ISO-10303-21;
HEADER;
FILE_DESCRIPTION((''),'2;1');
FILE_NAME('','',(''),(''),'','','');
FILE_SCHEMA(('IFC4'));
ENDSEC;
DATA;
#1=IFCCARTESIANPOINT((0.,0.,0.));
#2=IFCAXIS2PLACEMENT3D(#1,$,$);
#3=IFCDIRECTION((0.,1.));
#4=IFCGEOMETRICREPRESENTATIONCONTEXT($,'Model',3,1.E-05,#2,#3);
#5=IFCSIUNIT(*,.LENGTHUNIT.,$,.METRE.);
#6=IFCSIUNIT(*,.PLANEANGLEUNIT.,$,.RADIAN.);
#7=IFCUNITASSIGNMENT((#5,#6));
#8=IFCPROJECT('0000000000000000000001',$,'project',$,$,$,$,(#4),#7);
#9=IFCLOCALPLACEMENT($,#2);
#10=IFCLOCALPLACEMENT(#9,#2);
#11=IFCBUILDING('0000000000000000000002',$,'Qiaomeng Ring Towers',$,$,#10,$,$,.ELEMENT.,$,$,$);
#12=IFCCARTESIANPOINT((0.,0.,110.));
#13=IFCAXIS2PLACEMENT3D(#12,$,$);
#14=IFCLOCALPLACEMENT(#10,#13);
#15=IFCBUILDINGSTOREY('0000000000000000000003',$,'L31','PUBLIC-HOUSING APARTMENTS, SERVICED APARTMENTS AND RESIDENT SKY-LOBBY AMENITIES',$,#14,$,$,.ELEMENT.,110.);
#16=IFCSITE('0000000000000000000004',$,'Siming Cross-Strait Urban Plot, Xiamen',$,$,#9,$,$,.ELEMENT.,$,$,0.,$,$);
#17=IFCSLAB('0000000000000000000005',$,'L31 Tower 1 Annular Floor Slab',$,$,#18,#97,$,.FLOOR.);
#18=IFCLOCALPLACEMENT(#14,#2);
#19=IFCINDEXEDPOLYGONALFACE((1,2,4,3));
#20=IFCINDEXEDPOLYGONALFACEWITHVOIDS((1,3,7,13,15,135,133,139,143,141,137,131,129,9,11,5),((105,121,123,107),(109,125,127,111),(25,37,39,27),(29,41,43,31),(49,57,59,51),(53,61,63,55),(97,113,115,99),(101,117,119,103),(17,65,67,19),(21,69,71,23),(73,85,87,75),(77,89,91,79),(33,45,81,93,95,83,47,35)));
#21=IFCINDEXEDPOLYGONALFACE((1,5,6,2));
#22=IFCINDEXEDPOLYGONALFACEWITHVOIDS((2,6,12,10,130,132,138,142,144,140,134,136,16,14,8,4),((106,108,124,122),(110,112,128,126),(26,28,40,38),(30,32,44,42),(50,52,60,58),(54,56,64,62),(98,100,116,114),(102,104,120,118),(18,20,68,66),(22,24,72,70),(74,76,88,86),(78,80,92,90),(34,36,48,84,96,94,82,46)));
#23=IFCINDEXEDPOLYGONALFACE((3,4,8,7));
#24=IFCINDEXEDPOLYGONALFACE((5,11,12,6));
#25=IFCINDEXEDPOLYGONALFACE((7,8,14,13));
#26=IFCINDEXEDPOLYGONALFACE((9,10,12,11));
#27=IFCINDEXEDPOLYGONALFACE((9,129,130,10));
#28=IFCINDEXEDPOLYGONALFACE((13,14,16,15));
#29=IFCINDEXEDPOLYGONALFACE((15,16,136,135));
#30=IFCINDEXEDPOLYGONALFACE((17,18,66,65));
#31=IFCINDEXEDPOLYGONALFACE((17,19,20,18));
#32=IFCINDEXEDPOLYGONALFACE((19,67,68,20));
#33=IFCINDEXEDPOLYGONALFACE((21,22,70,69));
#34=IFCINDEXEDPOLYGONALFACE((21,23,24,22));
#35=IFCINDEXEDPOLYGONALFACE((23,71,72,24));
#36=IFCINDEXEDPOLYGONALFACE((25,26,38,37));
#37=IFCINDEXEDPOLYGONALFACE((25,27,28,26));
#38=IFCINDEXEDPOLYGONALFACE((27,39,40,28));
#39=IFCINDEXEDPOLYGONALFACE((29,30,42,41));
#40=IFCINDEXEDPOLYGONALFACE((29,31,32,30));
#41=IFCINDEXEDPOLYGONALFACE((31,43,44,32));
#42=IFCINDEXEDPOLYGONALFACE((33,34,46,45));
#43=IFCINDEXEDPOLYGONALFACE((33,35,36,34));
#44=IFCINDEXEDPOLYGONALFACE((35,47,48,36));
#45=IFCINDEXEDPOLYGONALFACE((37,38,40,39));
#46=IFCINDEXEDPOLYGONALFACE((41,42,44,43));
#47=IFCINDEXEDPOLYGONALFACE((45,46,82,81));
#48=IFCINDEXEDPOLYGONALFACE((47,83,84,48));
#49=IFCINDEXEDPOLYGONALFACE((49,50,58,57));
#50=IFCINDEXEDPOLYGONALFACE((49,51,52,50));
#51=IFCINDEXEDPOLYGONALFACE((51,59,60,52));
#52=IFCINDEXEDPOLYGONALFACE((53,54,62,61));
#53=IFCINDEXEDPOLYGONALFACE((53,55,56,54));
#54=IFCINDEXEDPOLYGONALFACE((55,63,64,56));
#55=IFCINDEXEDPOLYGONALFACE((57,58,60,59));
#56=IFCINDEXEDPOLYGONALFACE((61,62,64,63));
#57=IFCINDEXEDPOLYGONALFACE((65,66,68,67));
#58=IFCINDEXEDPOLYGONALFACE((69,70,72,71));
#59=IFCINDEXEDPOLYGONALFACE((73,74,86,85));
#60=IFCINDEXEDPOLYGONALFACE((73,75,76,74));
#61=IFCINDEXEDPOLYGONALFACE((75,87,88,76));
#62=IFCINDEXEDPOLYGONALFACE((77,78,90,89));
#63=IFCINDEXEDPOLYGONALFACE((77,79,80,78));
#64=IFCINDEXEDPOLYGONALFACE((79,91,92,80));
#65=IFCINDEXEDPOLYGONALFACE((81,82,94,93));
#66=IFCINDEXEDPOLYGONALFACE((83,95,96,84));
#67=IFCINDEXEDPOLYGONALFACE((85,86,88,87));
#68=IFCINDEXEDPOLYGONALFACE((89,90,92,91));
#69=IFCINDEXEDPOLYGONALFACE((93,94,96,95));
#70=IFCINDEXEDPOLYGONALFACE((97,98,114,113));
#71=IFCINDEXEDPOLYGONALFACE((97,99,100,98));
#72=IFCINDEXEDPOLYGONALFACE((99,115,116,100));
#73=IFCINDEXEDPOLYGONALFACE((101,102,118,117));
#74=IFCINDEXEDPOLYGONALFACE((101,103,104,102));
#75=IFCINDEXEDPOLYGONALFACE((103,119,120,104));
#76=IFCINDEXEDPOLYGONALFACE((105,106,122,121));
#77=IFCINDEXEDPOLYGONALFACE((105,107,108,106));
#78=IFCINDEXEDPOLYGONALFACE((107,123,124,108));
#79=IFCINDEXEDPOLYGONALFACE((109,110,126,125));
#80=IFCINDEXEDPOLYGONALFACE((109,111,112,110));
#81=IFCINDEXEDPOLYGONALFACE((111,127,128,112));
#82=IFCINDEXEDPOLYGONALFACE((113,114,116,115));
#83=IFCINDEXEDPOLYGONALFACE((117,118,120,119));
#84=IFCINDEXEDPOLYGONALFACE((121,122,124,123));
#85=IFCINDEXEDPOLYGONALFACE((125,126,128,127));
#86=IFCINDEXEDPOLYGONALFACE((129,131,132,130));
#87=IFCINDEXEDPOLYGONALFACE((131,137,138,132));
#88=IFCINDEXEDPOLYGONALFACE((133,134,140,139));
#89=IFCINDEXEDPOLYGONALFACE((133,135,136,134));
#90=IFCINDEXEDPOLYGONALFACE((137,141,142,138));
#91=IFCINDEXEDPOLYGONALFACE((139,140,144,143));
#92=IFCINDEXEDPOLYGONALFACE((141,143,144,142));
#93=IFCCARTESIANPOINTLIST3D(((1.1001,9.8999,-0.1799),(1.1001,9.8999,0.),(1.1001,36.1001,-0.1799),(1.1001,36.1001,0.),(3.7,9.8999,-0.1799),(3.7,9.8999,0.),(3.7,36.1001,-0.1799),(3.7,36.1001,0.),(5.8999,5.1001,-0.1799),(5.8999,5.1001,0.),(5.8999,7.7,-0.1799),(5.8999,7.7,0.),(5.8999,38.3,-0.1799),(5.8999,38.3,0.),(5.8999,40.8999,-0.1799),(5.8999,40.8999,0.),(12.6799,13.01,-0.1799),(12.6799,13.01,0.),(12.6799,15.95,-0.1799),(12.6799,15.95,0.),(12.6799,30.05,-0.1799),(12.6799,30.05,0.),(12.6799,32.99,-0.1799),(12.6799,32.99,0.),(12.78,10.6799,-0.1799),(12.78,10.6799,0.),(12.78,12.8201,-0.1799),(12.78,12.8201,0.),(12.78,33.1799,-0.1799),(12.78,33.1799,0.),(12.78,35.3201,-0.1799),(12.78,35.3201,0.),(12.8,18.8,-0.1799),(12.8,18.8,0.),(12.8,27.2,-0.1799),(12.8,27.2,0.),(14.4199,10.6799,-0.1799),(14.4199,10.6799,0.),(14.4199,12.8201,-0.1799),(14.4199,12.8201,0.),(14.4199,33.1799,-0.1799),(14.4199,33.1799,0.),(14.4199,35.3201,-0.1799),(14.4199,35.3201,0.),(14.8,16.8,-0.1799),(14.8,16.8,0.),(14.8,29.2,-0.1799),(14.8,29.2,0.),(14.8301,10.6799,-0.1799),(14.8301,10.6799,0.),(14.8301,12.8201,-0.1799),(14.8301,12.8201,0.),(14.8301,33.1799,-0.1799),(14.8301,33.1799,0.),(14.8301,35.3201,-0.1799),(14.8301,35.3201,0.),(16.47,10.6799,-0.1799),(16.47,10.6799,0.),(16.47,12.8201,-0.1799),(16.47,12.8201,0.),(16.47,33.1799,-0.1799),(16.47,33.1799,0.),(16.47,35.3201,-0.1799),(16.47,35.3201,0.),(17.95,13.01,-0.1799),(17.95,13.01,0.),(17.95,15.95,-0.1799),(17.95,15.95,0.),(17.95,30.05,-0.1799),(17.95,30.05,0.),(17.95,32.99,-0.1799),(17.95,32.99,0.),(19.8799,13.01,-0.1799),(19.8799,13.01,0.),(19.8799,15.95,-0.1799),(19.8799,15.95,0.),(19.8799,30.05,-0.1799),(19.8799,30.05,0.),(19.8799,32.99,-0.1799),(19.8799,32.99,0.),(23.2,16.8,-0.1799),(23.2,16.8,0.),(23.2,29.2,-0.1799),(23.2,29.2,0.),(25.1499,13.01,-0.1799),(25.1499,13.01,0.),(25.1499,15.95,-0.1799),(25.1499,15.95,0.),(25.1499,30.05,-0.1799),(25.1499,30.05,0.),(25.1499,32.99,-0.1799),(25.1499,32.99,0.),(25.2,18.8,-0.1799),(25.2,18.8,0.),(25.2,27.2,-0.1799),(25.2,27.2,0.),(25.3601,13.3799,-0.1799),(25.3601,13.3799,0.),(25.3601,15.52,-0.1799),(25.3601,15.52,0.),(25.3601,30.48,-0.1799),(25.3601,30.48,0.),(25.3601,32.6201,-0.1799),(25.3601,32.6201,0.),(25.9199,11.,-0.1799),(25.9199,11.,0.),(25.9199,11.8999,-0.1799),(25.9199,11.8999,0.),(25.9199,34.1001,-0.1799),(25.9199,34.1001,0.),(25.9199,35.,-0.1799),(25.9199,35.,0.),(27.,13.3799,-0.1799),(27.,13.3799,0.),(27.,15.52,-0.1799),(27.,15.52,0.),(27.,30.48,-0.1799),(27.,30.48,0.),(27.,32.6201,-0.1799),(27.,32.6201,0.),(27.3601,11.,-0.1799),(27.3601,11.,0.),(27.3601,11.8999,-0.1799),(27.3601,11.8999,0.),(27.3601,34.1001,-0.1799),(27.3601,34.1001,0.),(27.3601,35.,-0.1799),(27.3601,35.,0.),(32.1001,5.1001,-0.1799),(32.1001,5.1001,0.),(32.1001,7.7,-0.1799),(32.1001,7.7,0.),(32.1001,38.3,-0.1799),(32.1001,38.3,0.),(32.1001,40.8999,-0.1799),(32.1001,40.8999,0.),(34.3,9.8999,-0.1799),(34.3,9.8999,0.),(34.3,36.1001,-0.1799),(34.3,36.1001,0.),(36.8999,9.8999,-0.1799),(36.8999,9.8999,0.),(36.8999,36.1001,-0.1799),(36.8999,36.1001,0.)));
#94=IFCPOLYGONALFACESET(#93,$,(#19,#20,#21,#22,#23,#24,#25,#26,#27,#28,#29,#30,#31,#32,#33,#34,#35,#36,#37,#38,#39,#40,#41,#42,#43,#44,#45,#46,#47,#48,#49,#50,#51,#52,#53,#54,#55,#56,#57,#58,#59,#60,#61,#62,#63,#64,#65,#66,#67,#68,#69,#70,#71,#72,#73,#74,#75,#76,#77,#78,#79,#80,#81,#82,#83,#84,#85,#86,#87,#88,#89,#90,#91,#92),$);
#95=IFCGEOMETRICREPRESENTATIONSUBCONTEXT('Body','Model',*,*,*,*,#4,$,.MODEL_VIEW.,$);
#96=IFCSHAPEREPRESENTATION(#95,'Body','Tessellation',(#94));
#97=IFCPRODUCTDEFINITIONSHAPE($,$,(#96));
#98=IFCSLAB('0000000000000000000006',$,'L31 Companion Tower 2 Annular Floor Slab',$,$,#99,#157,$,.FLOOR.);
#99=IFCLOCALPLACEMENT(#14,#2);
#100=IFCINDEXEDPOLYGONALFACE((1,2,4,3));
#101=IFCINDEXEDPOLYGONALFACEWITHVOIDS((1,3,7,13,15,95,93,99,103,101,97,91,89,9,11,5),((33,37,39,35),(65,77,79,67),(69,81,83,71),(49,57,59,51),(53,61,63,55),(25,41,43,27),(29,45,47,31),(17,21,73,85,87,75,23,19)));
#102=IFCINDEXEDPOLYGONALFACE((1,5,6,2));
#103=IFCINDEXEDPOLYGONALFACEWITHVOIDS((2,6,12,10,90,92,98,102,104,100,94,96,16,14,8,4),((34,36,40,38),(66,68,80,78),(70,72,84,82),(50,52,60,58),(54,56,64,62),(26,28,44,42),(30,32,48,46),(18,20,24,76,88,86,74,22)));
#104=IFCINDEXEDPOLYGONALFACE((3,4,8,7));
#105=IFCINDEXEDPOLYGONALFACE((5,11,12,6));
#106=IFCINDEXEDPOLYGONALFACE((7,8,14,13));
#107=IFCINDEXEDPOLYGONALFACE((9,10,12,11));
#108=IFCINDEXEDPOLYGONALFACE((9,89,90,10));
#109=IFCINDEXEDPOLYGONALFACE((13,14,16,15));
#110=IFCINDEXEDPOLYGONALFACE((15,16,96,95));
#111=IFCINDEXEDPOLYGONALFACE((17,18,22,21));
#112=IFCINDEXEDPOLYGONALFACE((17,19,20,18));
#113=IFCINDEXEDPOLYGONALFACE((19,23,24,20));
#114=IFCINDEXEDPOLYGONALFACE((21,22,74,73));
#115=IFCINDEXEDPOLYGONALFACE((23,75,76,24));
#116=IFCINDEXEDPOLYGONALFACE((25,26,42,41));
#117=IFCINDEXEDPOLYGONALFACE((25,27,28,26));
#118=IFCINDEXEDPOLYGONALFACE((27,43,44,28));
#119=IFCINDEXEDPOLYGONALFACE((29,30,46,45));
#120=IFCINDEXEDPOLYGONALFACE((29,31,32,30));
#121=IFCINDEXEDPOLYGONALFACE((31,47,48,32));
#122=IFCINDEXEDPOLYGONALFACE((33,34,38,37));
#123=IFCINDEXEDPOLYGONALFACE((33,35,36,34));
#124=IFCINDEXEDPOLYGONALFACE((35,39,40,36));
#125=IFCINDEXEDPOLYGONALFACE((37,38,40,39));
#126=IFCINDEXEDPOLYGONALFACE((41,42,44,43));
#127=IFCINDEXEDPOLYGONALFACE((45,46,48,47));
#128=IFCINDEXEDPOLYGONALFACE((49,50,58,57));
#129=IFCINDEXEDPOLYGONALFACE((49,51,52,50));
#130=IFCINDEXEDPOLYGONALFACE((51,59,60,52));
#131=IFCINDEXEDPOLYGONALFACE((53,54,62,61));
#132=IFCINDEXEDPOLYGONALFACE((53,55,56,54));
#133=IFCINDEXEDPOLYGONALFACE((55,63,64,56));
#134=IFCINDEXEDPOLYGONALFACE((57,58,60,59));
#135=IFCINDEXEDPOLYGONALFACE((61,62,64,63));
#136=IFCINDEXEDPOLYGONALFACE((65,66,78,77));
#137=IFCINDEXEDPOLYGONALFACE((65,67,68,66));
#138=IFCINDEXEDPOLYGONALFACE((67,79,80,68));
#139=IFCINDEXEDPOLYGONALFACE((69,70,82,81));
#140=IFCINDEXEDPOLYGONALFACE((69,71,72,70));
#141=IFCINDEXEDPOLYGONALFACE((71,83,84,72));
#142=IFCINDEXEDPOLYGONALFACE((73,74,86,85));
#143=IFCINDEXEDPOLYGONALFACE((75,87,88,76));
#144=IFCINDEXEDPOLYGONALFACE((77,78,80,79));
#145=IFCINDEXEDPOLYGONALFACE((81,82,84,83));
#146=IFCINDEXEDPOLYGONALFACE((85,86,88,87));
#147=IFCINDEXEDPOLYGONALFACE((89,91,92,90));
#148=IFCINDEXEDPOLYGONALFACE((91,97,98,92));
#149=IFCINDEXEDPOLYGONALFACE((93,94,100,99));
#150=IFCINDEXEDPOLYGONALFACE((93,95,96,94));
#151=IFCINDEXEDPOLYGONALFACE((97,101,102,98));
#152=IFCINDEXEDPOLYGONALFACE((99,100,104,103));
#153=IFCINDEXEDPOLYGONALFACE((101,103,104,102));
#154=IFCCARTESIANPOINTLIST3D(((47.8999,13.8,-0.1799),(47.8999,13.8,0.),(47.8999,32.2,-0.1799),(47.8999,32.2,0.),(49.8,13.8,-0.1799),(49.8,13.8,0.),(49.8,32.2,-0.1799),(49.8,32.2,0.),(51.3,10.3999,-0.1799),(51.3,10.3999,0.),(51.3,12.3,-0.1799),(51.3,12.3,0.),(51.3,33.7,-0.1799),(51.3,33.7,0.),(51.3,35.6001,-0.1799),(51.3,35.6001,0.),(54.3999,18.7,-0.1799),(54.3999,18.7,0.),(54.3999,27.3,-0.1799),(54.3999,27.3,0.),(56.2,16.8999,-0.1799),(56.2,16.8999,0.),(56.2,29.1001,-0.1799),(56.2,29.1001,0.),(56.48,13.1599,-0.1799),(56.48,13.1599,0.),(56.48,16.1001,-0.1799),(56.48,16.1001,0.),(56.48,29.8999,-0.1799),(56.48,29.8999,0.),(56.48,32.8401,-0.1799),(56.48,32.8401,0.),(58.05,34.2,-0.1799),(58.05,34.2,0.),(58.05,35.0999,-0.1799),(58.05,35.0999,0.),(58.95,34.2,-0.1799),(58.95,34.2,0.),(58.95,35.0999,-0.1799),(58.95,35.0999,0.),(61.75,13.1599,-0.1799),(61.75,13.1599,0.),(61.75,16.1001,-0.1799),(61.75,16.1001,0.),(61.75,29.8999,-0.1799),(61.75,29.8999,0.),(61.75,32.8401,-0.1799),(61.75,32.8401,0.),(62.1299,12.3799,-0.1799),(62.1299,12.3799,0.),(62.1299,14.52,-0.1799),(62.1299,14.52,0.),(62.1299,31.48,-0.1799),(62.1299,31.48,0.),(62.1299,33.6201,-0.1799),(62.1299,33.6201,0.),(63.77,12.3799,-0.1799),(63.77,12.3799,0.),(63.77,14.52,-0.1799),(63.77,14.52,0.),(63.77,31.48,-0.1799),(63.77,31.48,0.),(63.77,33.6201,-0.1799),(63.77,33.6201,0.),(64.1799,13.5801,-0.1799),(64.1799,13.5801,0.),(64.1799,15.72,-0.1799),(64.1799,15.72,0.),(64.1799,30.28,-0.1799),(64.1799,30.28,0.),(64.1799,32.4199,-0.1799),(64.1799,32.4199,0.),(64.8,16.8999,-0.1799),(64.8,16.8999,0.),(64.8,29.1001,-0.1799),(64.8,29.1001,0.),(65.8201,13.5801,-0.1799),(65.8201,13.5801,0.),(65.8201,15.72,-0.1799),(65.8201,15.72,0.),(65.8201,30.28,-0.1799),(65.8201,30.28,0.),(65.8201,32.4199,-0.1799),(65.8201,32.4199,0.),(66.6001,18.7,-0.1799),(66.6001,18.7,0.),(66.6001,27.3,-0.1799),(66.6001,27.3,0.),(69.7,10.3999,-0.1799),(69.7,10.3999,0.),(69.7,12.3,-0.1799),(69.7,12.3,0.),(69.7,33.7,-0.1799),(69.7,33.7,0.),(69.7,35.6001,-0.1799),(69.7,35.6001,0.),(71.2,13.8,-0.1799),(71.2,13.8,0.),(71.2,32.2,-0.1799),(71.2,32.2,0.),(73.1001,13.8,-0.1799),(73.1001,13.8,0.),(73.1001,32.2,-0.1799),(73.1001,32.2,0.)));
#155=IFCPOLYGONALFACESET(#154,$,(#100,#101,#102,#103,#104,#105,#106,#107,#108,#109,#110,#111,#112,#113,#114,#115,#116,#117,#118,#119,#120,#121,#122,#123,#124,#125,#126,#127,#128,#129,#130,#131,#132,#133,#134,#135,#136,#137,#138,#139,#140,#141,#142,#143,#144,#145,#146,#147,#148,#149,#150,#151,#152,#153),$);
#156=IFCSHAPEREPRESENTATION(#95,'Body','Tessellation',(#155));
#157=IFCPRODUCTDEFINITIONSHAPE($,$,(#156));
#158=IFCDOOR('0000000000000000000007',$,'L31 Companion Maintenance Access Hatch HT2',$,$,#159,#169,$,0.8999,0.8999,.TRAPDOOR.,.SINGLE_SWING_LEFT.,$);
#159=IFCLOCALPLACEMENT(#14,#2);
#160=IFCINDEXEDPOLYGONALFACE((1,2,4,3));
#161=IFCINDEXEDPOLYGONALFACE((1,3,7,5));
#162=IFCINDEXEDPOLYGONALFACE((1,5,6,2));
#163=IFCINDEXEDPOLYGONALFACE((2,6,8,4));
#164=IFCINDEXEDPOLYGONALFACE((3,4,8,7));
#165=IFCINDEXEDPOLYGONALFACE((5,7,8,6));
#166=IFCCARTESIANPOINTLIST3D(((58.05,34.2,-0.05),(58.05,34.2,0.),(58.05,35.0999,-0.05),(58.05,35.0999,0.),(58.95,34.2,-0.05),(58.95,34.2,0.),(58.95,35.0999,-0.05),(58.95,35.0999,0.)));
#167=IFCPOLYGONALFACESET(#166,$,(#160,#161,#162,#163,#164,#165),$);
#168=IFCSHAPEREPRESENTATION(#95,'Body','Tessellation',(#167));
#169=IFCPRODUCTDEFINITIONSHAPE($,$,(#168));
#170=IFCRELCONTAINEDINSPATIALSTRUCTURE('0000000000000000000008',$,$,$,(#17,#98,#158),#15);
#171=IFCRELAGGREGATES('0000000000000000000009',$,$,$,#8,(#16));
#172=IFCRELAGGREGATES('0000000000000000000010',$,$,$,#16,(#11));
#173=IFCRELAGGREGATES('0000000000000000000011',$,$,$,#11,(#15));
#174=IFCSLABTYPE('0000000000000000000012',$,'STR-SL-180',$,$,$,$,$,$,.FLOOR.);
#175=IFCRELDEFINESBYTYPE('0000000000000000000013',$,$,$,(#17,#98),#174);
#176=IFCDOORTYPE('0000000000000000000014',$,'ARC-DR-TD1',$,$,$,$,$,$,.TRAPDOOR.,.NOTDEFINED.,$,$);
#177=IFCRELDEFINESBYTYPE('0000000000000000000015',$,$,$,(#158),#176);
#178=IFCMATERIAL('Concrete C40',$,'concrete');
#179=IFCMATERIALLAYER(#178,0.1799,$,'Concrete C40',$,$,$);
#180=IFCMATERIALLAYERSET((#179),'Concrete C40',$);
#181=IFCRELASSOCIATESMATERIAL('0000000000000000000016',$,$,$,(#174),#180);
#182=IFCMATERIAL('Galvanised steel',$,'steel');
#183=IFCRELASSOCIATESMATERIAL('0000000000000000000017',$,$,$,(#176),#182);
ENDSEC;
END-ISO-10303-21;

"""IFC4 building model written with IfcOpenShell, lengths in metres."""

from ifc_helpers import new_model, si_unit, direction, frame, origin, origin_2d, place, context, subcontext, project, spatial, polyline, rectangle, outline, extrude, material, layer, layer_set, type_object, element, fill, save


model = new_model("IFC4")

# Units and contexts
model_context = context("Model", 3, precision=1e-05, world=origin(), true_north=direction((0.0, 1.0)))
body_context = subcontext(model_context, "Body", "Model", "MODEL_VIEW")
ifc_project = project(units=[si_unit("LENGTHUNIT", "METRE"), si_unit("PLANEANGLEUNIT", "RADIAN")], contexts=[model_context])

# Site, building, storey
site_placement = place(None, origin())
site = spatial("IfcSite", under=ifc_project, at=site_placement, Name="Siming Cross-Strait Urban Plot, Xiamen", CompositionType="ELEMENT", RefElevation=0.0)
building_placement = place(site_placement, origin())
building = spatial("IfcBuilding", under=site, at=building_placement, Name="Qiaomeng Ring Towers", CompositionType="ELEMENT")
storey_placement = place(building_placement, frame((0.0, 0.0, 110.0)))
storey = spatial("IfcBuildingStorey", under=building, at=storey_placement, Name="L31", Description="PUBLIC-HOUSING APARTMENTS, SERVICED APARTMENTS AND RESIDENT SKY-LOBBY AMENITIES", CompositionType="ELEMENT", Elevation=110.0)

# Slab
ifc_material_1 = material(Name="Concrete C40", Category="concrete")
ifc_layer_1 = layer(ifc_material_1, 0.1799, Name="Concrete C40")
ifc_layer_set_1 = layer_set([ifc_layer_1], Name="Concrete C40")
slab_type_1 = type_object("IfcSlabType", Name="STR-SL-180", PredefinedType="FLOOR", material=ifc_layer_set_1)
slab_1_placement = place(storey_placement, frame((0.0, 0.0, -0.1799)))
element("IfcSlab", 1, at=slab_1_placement, inside=storey, type_object=slab_type_1, Name="L31 Tower 1 Annular Floor Slab", PredefinedType="FLOOR", context=body_context, shape_type="SweptSolid", body=[
    extrude(outline(polyline([(5.8999, 5.1001), (32.1001, 5.1001), (32.1001, 7.7), (34.3, 9.8999), (36.8999, 9.8999), (36.8999, 36.1001), (34.3, 36.1001), (32.1001, 38.3), (32.1001, 40.8999), (5.8999, 40.8999), (5.8999, 38.3), (3.7, 36.1001), (1.1001, 36.1001), (1.1001, 9.8999), (3.7, 9.8999), (5.8999, 7.7), (5.8999, 5.1001)]), holes=[polyline([(12.78, 10.6799), (12.78, 12.8201), (14.4199, 12.8201), (14.4199, 10.6799), (12.78, 10.6799)]), polyline([(14.8301, 12.8201), (16.47, 12.8201), (16.47, 10.6799), (14.8301, 10.6799), (14.8301, 12.8201)]), polyline([(12.6799, 15.95), (17.95, 15.95), (17.95, 13.01), (12.6799, 13.01), (12.6799, 15.95)]), polyline([(23.2, 29.2), (25.2, 27.2), (25.2, 18.8), (23.2, 16.8), (14.8, 16.8), (12.8, 18.8), (12.8, 27.2), (14.8, 29.2), (23.2, 29.2)]), polyline([(12.6799, 32.99), (17.95, 32.99), (17.95, 30.05), (12.6799, 30.05), (12.6799, 32.99)]), polyline([(12.78, 35.3201), (14.4199, 35.3201), (14.4199, 33.1799), (12.78, 33.1799), (12.78, 35.3201)]), polyline([(14.8301, 33.1799), (14.8301, 35.3201), (16.47, 35.3201), (16.47, 33.1799), (14.8301, 33.1799)]), polyline([(25.9199, 11.8999), (27.3601, 11.8999), (27.3601, 11.0), (25.9199, 11.0), (25.9199, 11.8999)]), polyline([(25.3601, 15.52), (27.0, 15.52), (27.0, 13.3799), (25.3601, 13.3799), (25.3601, 15.52)]), polyline([(19.8799, 15.95), (25.1499, 15.95), (25.1499, 13.01), (19.8799, 13.01), (19.8799, 15.95)]), polyline([(19.8799, 32.99), (25.1499, 32.99), (25.1499, 30.05), (19.8799, 30.05), (19.8799, 32.99)]), polyline([(25.3601, 32.6201), (27.0, 32.6201), (27.0, 30.48), (25.3601, 30.48), (25.3601, 32.6201)]), polyline([(25.9199, 35.0), (27.3601, 35.0), (27.3601, 34.1001), (25.9199, 34.1001), (25.9199, 35.0)])]), origin(), (0.0, 0.0, 1.0), 0.1799),
])

# Slab, opening, door
slab_2_placement = place(storey_placement, frame((0.0, 0.0, -0.1799)))
slab_2 = element("IfcSlab", 2, at=slab_2_placement, inside=storey, type_object=slab_type_1, Name="L31 Companion Tower 2 Annular Floor Slab", PredefinedType="FLOOR", context=body_context, shape_type="SweptSolid", body=[
    extrude(outline(polyline([(51.3, 10.3999), (69.7, 10.3999), (69.7, 12.3), (71.2, 13.8), (73.1001, 13.8), (73.1001, 32.2), (71.2, 32.2), (69.7, 33.7), (69.7, 35.6001), (51.3, 35.6001), (51.3, 33.7), (49.8, 32.2), (47.8999, 32.2), (47.8999, 13.8), (49.8, 13.8), (51.3, 12.3), (51.3, 10.3999)]), holes=[polyline([(62.1299, 12.3799), (62.1299, 14.52), (63.77, 14.52), (63.77, 12.3799), (62.1299, 12.3799)]), polyline([(56.48, 13.1599), (56.48, 16.1001), (61.75, 16.1001), (61.75, 13.1599), (56.48, 13.1599)]), polyline([(64.1799, 13.5801), (64.1799, 15.72), (65.8201, 15.72), (65.8201, 13.5801), (64.1799, 13.5801)]), polyline([(64.8, 29.1001), (66.6001, 27.3), (66.6001, 18.7), (64.8, 16.8999), (56.2, 16.8999), (54.3999, 18.7), (54.3999, 27.3), (56.2, 29.1001), (64.8, 29.1001)]), polyline([(64.1799, 30.28), (64.1799, 32.4199), (65.8201, 32.4199), (65.8201, 30.28), (64.1799, 30.28)]), polyline([(56.48, 32.8401), (61.75, 32.8401), (61.75, 29.8999), (56.48, 29.8999), (56.48, 32.8401)]), polyline([(62.1299, 33.6201), (63.77, 33.6201), (63.77, 31.48), (62.1299, 31.48), (62.1299, 33.6201)])]), origin(), (0.0, 0.0, 1.0), 0.1799),
])
opening_placement = place(slab_2_placement, frame((58.5, 34.6499, 0.0)))
opening = element("IfcOpeningElement", 3, at=opening_placement, cuts=slab_2, PredefinedType="OPENING", context=body_context, shape_type="SweptSolid", body=[
    extrude(rectangle(XDim=0.8999, YDim=0.8999, at=origin_2d()), frame((0.0, 0.0, -0.01)), (0.0, 0.0, 1.0), 0.2),
])
ifc_material_2 = material(Name="Galvanised steel", Category="steel")
door_type = type_object("IfcDoorType", Name="ARC-DR-TD1", OperationType="NOTDEFINED", PredefinedType="TRAPDOOR", material=ifc_material_2)
door_placement = place(opening_placement, frame((0.0, 0.0, 0.1299)))
door = element("IfcDoor", 4, at=door_placement, inside=storey, type_object=door_type, Name="L31 Companion Maintenance Access Hatch HT2", OperationType="SINGLE_SWING_LEFT", OverallHeight=0.8999, OverallWidth=0.8999, PredefinedType="TRAPDOOR", context=body_context, shape_type="SweptSolid", body=[
    extrude(rectangle(XDim=0.8999, YDim=0.8999, at=origin_2d()), origin(), (0.0, 0.0, 1.0), 0.05),
])
fill(opening, door)

save(model, "model.ifc")
